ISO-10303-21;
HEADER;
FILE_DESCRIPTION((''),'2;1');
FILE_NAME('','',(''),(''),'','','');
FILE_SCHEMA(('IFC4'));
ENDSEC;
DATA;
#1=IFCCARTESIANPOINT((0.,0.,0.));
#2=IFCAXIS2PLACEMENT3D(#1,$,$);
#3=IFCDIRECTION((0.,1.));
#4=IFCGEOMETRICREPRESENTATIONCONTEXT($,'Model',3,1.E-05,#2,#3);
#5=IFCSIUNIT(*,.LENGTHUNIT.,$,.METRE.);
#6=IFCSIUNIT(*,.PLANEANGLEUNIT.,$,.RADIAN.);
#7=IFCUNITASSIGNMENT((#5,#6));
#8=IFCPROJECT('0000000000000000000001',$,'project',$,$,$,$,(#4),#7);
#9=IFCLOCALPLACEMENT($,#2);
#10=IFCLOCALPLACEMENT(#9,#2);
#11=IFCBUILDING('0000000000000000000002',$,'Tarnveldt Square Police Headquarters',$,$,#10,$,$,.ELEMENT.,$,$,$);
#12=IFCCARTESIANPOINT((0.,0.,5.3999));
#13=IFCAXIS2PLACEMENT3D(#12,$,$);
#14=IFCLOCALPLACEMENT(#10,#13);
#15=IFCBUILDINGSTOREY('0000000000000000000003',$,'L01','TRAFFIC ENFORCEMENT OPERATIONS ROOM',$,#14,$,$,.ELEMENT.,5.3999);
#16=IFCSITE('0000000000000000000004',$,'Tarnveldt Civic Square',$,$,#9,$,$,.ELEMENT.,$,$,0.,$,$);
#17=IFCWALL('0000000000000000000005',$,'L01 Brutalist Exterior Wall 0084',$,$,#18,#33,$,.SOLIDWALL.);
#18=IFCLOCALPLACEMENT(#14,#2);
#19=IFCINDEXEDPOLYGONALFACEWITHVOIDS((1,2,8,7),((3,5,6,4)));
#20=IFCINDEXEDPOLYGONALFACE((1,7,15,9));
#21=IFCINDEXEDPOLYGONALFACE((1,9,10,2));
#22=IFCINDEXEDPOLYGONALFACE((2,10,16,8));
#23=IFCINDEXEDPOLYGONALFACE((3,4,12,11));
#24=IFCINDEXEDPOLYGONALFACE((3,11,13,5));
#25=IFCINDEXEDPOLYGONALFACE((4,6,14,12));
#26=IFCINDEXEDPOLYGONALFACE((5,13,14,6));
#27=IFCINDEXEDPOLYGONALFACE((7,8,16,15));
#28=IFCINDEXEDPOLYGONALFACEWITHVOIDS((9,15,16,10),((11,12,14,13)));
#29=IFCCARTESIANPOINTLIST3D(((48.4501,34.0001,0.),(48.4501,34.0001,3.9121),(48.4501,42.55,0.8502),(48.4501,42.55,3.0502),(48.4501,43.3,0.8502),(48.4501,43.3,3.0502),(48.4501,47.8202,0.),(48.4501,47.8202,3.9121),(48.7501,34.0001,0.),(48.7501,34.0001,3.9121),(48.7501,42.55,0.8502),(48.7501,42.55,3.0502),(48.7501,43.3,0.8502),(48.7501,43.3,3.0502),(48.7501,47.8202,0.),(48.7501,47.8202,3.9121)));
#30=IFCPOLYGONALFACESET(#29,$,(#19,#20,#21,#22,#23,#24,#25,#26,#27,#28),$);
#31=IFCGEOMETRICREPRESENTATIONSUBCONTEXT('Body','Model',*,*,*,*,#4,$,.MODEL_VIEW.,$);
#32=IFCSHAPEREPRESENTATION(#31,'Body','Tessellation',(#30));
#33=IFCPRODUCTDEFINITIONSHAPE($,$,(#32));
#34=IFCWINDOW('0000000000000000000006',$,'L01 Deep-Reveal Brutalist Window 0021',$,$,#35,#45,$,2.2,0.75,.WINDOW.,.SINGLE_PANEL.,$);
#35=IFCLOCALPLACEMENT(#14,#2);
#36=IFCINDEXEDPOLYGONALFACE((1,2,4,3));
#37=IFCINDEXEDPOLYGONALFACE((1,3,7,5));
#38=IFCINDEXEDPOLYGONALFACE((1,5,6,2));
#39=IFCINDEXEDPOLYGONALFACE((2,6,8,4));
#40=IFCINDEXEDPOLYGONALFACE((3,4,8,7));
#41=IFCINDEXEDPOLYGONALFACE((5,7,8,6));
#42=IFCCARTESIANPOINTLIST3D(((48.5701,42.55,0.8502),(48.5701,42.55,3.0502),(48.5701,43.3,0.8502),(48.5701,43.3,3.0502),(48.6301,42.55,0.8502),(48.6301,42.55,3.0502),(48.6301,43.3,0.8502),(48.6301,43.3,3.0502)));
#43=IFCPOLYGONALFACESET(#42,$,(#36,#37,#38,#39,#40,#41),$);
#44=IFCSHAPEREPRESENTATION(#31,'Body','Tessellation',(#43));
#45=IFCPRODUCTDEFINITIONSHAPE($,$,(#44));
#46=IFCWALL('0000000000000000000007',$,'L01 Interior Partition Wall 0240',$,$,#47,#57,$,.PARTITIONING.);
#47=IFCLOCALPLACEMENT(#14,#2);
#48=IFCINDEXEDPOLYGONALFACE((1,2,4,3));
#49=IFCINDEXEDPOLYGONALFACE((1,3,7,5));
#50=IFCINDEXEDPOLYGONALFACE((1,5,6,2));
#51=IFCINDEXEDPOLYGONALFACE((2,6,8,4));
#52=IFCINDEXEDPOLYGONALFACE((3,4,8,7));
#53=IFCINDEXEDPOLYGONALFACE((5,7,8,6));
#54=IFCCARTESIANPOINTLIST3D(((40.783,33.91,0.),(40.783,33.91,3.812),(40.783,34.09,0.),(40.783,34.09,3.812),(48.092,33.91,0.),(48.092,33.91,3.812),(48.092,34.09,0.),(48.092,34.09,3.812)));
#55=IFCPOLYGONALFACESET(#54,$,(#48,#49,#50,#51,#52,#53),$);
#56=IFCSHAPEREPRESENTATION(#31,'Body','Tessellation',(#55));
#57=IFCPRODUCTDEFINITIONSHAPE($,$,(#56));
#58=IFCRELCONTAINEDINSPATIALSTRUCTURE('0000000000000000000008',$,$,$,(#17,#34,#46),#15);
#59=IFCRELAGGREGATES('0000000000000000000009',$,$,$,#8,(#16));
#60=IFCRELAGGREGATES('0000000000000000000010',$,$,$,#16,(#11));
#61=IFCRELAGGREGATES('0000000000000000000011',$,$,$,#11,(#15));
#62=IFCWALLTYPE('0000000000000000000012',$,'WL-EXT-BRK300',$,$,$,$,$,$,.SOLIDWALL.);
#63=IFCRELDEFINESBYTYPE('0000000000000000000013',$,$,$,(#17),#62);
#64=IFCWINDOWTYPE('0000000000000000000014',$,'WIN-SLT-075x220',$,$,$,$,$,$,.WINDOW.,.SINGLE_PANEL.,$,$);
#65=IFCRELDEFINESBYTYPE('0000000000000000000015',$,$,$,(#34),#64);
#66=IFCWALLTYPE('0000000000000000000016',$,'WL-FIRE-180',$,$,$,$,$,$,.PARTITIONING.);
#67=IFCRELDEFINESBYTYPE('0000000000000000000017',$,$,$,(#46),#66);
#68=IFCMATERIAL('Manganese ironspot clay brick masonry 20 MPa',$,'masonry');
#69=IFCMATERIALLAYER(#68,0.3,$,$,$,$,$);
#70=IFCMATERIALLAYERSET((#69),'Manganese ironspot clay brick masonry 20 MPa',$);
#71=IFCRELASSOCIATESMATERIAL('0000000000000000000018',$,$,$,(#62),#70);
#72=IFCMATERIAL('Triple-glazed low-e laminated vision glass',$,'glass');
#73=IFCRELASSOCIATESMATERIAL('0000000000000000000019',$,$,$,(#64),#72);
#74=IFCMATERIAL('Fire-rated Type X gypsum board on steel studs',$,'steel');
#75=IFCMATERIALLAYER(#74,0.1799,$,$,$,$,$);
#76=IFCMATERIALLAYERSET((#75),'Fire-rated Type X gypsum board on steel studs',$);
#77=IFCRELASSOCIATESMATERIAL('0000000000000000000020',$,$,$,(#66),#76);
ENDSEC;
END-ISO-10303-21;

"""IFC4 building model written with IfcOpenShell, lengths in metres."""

from ifc_helpers import new_model, si_unit, direction, frame, frame_2d, origin, place, context, subcontext, project, spatial, rectangle, extrude, material, layer, layer_set, type_object, element, fill, save


model = new_model("IFC4")

# Units and contexts
model_context = context("Model", 3, precision=1e-05, world=origin(), true_north=direction((0.0, 1.0)))
body_context = subcontext(model_context, "Body", "Model", "MODEL_VIEW")
ifc_project = project(units=[si_unit("LENGTHUNIT", "METRE"), si_unit("PLANEANGLEUNIT", "RADIAN")], contexts=[model_context])

# Site, building, storey
site_placement = place(None, origin())
site = spatial("IfcSite", under=ifc_project, at=site_placement, Name="Tarnveldt Civic Square", CompositionType="ELEMENT", RefElevation=0.0)
building_placement = place(site_placement, origin())
building = spatial("IfcBuilding", under=site, at=building_placement, Name="Tarnveldt Square Police Headquarters", CompositionType="ELEMENT")
storey_placement = place(building_placement, frame((0.0, 0.0, 5.3999)))
storey = spatial("IfcBuildingStorey", under=building, at=storey_placement, Name="L01", Description="TRAFFIC ENFORCEMENT OPERATIONS ROOM", CompositionType="ELEMENT", Elevation=5.3999)

# Wall, opening, window
ifc_material_1 = material(Name="Manganese ironspot clay brick masonry 20 MPa", Category="masonry")
ifc_layer_1 = layer(ifc_material_1, 0.3)
ifc_layer_set_1 = layer_set([ifc_layer_1], Name="Manganese ironspot clay brick masonry 20 MPa")
wall_type_1 = type_object("IfcWallType", Name="WL-EXT-BRK300", PredefinedType="SOLIDWALL", material=ifc_layer_set_1)
wall_1_placement = place(storey_placement, frame((48.6001, 34.0, 0.0), z_axis=(0.0, 0.0, 1.0), x_axis=(0.0, 1.0, 0.0)))
wall_1 = element("IfcWall", 1, at=wall_1_placement, inside=storey, type_object=wall_type_1, Name="L01 Brutalist Exterior Wall 0084", PredefinedType="SOLIDWALL", context=body_context, shape_type="SweptSolid", body=[
    extrude(rectangle(XDim=13.8201, YDim=0.3, at=frame_2d((6.9102, 0.0))), origin(), (0.0, 0.0, 1.0), 3.9121),
])
opening_placement = place(wall_1_placement, frame((8.55, 0.0, 0.8501)))
opening = element("IfcOpeningElement", 2, at=opening_placement, cuts=wall_1, PredefinedType="OPENING", context=body_context, shape_type="SweptSolid", body=[
    extrude(rectangle(XDim=0.75, YDim=2.2, at=frame_2d((0.375, 1.1001))), frame((0.0, 0.1599, 0.0), z_axis=(0.0, -1.0, 0.0), x_axis=(1.0, 0.0, 0.0)), (0.0, 0.0, 1.0), 0.3201),
])
ifc_material_2 = material(Name="Triple-glazed low-e laminated vision glass", Category="glass")
window_type = type_object("IfcWindowType", Name="WIN-SLT-075x220", PartitioningType="SINGLE_PANEL", PredefinedType="WINDOW", material=ifc_material_2)
window_placement = place(opening_placement, origin())
window = element("IfcWindow", 3, at=window_placement, inside=storey, type_object=window_type, Name="L01 Deep-Reveal Brutalist Window 0021", OverallHeight=2.2, OverallWidth=0.75, PartitioningType="SINGLE_PANEL", PredefinedType="WINDOW", context=body_context, shape_type="SweptSolid", body=[
    extrude(rectangle(XDim=0.75, YDim=2.2, at=frame_2d((0.375, 1.1001))), frame((0.0, 0.03, 0.0), z_axis=(0.0, -1.0, 0.0), x_axis=(1.0, 0.0, 0.0)), (0.0, 0.0, 1.0), 0.0601),
])
fill(opening, window)

# Wall
ifc_material_3 = material(Name="Fire-rated Type X gypsum board on steel studs", Category="steel")
ifc_layer_2 = layer(ifc_material_3, 0.1799)
ifc_layer_set_2 = layer_set([ifc_layer_2], Name="Fire-rated Type X gypsum board on steel studs")
wall_type_2 = type_object("IfcWallType", Name="WL-FIRE-180", PredefinedType="PARTITIONING", material=ifc_layer_set_2)
wall_2_placement = place(storey_placement, frame((40.783, 34.0, 0.0), z_axis=(0.0, 0.0, 1.0), x_axis=(1.0, 0.0, 0.0)))
element("IfcWall", 4, at=wall_2_placement, inside=storey, type_object=wall_type_2, Name="L01 Interior Partition Wall 0240", PredefinedType="PARTITIONING", context=body_context, shape_type="SweptSolid", body=[
    extrude(rectangle(XDim=7.3091, YDim=0.1799, at=frame_2d((3.6545, 0.0))), origin(), (0.0, 0.0, 1.0), 3.812),
])

save(model, "model.ifc")
